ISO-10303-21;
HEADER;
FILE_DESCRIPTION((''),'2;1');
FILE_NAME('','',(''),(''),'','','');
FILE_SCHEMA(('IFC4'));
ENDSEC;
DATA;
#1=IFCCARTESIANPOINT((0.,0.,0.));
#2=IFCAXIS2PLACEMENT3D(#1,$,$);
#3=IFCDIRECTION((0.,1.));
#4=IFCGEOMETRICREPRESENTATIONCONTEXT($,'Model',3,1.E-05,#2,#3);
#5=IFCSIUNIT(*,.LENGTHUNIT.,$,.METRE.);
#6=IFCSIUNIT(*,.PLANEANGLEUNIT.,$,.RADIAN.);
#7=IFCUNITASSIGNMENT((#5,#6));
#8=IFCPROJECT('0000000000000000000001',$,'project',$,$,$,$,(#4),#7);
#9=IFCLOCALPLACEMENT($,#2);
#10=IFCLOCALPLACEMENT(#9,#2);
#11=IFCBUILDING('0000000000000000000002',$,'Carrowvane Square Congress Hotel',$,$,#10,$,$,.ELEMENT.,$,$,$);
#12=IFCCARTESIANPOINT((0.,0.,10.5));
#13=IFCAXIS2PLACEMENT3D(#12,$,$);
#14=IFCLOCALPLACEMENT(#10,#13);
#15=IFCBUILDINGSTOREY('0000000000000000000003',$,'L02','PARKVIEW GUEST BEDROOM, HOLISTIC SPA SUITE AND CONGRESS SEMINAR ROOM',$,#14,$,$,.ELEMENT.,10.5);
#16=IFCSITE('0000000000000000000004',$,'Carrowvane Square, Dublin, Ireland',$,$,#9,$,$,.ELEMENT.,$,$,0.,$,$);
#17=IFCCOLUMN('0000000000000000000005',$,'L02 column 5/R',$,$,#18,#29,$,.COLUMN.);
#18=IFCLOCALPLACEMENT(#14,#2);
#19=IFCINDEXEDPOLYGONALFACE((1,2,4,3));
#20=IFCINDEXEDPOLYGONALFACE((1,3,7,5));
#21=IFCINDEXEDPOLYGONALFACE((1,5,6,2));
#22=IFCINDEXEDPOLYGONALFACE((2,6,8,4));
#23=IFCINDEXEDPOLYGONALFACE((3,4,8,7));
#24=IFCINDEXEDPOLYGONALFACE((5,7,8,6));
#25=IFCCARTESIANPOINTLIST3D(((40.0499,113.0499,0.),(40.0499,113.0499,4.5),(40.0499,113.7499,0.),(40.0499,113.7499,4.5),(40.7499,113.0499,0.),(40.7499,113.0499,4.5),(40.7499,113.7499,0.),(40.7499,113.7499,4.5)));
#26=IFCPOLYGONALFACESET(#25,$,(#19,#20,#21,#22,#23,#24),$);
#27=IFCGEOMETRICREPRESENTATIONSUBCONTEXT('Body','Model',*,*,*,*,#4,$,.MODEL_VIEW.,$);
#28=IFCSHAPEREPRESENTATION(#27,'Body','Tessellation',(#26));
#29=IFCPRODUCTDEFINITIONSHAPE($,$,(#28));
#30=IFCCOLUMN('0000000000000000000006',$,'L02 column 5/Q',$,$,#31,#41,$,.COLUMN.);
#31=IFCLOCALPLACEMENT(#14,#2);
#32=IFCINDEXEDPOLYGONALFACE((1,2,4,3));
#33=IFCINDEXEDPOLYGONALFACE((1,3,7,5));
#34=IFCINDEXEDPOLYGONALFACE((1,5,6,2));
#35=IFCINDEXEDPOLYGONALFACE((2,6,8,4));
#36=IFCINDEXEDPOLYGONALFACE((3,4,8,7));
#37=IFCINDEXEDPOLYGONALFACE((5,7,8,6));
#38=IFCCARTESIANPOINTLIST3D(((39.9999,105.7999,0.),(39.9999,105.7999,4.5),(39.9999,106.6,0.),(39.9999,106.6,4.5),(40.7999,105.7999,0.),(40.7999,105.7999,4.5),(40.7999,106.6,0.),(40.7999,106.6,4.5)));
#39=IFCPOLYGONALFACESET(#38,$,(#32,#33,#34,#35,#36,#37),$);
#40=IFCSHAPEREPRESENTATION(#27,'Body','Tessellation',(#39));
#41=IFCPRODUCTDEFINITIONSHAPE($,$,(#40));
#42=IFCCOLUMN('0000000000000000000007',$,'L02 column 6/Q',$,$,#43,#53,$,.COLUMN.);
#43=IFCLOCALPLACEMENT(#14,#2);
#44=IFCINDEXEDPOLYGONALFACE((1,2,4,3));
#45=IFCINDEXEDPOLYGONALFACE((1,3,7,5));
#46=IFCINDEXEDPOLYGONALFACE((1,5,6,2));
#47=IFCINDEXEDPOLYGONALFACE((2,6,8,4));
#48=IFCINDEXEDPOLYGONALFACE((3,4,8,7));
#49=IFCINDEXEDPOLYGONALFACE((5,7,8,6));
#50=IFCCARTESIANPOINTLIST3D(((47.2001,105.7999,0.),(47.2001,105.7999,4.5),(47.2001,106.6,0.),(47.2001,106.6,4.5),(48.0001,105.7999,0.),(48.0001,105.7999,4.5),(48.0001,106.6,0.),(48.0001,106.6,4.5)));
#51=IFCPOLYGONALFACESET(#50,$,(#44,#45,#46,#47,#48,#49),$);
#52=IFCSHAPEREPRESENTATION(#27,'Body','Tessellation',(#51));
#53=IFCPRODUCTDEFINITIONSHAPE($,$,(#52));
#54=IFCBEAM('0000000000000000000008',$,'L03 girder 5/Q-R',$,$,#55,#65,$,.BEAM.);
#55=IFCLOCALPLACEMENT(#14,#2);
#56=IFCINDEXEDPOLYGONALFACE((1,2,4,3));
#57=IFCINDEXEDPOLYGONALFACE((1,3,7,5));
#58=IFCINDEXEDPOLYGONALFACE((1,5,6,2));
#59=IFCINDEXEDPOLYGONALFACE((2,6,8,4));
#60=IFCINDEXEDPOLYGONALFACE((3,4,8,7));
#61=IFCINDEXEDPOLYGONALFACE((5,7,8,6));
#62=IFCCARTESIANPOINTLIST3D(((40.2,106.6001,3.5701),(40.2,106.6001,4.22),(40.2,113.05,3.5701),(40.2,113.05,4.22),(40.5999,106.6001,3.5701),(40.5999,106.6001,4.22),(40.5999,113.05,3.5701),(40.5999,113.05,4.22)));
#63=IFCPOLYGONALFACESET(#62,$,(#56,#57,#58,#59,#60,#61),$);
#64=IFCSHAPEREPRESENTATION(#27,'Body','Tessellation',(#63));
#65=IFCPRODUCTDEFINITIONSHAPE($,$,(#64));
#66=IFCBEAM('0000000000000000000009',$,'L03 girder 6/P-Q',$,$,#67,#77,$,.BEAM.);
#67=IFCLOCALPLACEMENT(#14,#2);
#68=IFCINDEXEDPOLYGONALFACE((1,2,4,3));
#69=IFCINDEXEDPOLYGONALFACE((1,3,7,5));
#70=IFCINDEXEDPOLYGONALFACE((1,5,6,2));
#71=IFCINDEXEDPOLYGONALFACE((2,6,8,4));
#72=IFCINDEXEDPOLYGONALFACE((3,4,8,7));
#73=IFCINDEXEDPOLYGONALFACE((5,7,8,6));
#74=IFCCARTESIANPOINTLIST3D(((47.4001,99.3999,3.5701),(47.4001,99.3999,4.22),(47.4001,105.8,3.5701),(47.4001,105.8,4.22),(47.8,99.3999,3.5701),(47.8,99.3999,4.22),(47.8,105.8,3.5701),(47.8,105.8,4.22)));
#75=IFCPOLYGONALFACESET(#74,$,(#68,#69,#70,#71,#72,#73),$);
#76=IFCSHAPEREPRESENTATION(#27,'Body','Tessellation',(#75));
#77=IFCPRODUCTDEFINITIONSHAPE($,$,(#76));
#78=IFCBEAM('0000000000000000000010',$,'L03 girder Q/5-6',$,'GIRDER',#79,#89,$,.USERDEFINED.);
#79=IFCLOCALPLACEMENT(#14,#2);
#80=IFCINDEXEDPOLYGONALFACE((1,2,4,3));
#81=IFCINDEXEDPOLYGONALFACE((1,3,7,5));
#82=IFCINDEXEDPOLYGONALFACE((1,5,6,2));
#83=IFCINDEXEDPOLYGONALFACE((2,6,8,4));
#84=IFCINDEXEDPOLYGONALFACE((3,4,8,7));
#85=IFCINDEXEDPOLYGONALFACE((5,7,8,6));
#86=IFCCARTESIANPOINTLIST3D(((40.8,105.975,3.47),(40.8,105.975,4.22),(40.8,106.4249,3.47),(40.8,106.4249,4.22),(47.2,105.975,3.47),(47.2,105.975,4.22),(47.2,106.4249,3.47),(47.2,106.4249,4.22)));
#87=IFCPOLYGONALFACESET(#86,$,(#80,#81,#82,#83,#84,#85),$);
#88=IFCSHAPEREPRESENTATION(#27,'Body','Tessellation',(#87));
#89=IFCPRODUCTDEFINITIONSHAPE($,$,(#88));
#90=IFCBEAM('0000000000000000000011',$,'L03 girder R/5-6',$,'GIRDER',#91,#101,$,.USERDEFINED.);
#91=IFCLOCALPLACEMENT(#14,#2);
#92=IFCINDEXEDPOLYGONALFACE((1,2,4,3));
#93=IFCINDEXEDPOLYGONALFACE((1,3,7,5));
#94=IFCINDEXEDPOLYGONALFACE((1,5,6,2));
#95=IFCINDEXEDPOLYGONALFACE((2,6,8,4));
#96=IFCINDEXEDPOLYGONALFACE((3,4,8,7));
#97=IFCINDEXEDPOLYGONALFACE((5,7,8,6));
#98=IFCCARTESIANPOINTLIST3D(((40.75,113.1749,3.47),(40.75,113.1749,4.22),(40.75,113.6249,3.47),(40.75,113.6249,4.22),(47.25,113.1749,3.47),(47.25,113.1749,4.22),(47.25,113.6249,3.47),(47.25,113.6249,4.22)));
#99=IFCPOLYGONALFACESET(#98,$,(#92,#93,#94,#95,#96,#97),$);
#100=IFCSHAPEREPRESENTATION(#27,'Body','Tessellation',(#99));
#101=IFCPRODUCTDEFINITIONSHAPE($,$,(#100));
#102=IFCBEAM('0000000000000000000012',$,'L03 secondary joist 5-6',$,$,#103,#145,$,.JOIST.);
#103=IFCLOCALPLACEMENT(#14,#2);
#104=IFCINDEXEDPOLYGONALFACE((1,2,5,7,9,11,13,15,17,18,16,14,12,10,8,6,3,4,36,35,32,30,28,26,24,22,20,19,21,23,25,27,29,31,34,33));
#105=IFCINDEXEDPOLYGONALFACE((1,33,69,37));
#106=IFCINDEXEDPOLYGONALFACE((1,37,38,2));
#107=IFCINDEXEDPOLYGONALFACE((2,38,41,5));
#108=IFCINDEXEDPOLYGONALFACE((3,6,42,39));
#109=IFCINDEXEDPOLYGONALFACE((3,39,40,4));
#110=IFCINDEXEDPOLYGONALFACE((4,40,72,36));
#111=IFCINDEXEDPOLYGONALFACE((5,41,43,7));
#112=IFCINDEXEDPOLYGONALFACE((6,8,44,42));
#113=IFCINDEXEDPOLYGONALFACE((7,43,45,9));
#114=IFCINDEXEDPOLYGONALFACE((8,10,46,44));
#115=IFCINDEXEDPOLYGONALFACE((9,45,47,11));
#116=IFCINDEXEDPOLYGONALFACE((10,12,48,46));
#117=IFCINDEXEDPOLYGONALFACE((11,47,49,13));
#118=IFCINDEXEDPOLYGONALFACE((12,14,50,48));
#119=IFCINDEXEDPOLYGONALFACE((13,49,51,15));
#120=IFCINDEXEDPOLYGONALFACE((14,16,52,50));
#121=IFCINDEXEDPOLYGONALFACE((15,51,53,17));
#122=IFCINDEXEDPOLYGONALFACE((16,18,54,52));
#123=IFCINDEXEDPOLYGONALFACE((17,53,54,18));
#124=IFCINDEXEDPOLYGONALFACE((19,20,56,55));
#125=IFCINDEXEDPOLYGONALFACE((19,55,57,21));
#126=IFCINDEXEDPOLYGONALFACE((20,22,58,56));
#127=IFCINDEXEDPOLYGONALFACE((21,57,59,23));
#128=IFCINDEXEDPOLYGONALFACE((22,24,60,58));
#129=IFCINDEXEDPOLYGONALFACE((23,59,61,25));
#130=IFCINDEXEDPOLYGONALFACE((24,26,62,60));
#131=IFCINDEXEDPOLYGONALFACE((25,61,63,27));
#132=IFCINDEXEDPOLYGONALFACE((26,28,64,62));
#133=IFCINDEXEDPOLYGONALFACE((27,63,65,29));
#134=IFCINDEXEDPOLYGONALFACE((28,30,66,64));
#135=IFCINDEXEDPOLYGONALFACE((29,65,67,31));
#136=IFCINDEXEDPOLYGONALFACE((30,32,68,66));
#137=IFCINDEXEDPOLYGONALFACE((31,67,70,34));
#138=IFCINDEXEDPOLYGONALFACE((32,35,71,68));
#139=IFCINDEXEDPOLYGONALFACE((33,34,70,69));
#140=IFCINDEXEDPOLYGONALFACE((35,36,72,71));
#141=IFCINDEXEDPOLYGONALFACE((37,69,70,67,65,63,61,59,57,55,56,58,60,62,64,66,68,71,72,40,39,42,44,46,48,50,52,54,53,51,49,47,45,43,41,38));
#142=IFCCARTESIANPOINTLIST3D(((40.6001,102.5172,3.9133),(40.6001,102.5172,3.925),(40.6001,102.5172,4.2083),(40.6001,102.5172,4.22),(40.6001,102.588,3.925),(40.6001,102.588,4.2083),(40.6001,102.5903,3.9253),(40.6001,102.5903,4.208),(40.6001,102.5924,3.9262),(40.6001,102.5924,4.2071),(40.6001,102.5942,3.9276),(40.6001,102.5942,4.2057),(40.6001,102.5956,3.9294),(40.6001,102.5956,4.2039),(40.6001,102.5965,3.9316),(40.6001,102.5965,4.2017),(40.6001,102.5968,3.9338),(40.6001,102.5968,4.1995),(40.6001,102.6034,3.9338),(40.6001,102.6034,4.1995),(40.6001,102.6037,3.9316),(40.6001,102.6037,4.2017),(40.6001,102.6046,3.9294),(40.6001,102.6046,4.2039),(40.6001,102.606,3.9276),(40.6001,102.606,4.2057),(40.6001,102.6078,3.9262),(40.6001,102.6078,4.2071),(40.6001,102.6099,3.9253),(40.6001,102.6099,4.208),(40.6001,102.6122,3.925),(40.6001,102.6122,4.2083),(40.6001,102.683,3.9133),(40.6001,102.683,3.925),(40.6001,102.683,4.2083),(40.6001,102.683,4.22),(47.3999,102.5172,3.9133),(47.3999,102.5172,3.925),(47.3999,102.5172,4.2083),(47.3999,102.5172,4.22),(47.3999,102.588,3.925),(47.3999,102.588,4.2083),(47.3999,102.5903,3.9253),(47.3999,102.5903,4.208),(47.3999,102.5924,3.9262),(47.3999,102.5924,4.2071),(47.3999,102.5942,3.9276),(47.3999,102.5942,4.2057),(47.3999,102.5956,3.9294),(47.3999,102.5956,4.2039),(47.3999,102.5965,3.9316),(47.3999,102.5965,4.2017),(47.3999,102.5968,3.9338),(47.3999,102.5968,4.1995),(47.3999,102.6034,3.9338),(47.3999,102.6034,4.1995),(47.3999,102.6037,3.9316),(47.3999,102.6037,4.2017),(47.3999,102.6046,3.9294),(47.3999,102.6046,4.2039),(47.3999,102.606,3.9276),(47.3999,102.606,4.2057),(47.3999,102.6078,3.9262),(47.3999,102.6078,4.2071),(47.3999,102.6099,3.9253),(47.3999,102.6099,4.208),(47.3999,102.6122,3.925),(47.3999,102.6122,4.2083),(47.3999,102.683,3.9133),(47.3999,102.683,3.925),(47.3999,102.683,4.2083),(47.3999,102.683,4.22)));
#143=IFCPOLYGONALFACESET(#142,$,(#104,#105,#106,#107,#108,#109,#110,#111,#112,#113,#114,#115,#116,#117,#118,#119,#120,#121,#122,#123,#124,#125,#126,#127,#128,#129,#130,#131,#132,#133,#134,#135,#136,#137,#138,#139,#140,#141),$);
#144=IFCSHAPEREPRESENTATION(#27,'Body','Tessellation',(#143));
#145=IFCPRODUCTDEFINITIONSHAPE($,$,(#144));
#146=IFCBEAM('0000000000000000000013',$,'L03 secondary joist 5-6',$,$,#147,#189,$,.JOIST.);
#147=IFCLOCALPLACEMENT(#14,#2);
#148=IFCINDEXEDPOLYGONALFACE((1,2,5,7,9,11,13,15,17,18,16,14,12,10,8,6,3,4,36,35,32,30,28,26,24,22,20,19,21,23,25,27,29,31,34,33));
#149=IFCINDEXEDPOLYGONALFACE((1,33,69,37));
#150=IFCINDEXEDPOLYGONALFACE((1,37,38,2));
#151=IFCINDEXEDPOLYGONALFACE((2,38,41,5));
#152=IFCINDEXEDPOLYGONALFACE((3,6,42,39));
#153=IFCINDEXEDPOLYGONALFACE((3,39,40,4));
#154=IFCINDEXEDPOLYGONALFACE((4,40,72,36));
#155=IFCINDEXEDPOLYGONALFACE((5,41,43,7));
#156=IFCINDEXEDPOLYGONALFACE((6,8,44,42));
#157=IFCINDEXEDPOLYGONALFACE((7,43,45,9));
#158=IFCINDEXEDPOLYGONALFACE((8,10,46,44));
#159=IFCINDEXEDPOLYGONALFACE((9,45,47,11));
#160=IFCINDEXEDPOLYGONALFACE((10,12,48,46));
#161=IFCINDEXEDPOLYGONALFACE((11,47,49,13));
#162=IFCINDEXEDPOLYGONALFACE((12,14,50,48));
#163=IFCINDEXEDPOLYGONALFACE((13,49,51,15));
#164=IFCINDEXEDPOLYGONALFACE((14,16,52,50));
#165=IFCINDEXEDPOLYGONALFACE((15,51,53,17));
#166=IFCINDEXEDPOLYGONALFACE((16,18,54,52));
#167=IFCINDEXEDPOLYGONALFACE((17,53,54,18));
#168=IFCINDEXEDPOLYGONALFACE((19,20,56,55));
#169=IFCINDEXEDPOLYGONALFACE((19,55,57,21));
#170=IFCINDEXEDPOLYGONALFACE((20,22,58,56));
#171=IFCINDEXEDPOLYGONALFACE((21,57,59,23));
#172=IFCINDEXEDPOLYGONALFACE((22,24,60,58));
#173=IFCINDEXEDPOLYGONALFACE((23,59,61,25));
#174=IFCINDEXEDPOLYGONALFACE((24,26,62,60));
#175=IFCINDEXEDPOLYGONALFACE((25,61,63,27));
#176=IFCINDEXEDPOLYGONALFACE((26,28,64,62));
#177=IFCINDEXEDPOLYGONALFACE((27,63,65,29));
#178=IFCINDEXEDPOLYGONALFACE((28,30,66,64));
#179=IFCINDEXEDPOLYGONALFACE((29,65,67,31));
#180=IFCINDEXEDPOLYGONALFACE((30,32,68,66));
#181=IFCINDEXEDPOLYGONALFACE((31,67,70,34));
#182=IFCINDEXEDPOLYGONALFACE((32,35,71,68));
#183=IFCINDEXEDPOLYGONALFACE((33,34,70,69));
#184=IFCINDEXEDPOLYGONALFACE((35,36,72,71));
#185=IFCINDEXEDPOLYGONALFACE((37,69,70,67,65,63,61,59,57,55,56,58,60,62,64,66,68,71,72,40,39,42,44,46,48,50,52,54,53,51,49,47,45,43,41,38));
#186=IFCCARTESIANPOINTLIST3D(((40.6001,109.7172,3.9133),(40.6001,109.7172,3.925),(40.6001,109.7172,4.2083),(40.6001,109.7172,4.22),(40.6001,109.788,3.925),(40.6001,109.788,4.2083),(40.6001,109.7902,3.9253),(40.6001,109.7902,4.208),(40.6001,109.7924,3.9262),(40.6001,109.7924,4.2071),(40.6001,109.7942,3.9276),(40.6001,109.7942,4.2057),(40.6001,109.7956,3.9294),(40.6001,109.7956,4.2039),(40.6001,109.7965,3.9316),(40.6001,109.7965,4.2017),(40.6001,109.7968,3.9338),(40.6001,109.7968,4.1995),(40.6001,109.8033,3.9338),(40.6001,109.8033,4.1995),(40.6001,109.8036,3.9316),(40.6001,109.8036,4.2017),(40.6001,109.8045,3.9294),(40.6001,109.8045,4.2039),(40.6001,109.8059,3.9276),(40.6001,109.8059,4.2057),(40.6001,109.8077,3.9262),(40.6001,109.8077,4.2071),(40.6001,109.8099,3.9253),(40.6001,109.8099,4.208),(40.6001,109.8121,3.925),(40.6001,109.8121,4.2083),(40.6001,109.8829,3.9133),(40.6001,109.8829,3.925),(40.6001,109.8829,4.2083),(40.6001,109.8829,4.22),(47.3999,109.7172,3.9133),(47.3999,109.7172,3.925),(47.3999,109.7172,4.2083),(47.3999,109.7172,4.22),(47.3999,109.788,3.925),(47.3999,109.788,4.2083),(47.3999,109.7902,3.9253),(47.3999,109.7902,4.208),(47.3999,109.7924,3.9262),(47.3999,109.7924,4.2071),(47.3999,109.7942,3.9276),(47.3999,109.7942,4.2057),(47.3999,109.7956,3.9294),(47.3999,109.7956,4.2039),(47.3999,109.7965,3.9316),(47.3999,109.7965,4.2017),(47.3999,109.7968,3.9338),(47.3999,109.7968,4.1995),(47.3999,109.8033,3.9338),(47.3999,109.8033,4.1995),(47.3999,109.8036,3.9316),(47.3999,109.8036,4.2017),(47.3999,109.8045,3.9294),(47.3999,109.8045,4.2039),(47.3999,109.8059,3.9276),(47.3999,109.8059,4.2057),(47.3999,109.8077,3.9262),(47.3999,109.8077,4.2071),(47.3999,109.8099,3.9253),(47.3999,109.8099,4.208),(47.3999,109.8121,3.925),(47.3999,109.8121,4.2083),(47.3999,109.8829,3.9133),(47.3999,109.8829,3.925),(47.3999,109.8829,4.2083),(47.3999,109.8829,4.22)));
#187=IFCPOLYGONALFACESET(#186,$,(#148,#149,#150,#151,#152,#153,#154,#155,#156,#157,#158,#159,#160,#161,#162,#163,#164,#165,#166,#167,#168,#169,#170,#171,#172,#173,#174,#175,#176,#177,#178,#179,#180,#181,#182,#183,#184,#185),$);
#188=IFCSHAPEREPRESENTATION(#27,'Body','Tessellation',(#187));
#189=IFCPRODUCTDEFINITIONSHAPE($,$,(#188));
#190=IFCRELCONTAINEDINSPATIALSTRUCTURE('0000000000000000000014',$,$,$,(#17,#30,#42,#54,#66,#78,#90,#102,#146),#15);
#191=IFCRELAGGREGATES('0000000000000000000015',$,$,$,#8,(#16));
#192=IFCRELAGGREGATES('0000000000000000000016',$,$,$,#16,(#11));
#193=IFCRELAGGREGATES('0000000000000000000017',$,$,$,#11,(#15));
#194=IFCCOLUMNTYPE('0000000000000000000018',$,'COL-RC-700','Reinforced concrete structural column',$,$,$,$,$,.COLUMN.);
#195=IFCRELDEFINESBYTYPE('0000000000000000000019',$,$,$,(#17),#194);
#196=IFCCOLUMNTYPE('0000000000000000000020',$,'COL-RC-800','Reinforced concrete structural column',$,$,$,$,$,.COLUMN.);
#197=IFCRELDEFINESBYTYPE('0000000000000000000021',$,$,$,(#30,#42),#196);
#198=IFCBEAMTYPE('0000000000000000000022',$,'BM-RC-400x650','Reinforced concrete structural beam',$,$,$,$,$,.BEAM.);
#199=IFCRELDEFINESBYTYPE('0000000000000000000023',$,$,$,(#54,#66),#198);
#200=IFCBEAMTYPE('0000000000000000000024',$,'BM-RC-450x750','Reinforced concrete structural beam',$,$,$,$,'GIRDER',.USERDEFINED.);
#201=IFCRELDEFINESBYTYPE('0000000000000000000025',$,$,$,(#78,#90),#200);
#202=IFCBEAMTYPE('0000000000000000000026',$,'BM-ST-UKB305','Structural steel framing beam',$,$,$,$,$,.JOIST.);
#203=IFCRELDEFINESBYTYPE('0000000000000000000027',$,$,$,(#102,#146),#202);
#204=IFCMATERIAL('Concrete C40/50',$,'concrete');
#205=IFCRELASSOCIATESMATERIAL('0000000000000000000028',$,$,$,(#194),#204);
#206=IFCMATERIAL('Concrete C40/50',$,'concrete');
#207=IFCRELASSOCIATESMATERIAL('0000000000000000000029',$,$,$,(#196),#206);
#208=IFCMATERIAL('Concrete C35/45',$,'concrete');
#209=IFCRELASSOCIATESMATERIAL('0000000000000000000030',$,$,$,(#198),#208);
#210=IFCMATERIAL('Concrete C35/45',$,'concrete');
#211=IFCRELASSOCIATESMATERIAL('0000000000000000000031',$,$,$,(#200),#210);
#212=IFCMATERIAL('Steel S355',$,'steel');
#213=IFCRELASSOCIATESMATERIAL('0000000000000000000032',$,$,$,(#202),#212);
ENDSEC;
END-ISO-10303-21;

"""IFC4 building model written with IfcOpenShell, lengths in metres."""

from ifc_helpers import new_model, si_unit, direction, frame, origin, origin_2d, place, context, subcontext, project, spatial, rectangle, i_section, extrude, material, material_profile, profile_set, type_object, element, save


model = new_model("IFC4")

# Units and contexts
model_context = context("Model", 3, precision=1e-05, world=origin(), true_north=direction((0.0, 1.0)))
body_context = subcontext(model_context, "Body", "Model", "MODEL_VIEW")
ifc_project = project(units=[si_unit("LENGTHUNIT", "METRE"), si_unit("PLANEANGLEUNIT", "RADIAN")], contexts=[model_context])

# Site, building, storey
site_placement = place(None, origin())
site = spatial("IfcSite", under=ifc_project, at=site_placement, Name="Carrowvane Square, Dublin, Ireland", CompositionType="ELEMENT", RefElevation=0.0)
building_placement = place(site_placement, origin())
building = spatial("IfcBuilding", under=site, at=building_placement, Name="Carrowvane Square Congress Hotel", CompositionType="ELEMENT")
storey_placement = place(building_placement, frame((0.0, 0.0, 10.5)))
storey = spatial("IfcBuildingStorey", under=building, at=storey_placement, Name="L02", Description="PARKVIEW GUEST BEDROOM, HOLISTIC SPA SUITE AND CONGRESS SEMINAR ROOM", CompositionType="ELEMENT", Elevation=10.5)

# Columns
ifc_material_1 = material(Name="Concrete C40/50", Category="concrete")
ifc_material_profile_1 = material_profile(ifc_material_1, rectangle(XDim=0.7, YDim=0.7, at=origin_2d()), Name="RC 700x700")
ifc_profile_set_1 = profile_set([ifc_material_profile_1], Name="Concrete C40/50")
column_type_1 = type_object("IfcColumnType", Name="COL-RC-700", Description="Reinforced concrete structural column", PredefinedType="COLUMN", material=ifc_profile_set_1)
column_placement = place(storey_placement, frame((40.3999, 113.3999, 0.0), z_axis=(0.0, 0.0, 1.0), x_axis=(1.0, 0.0, 0.0)))
element("IfcColumn", 1, at=column_placement, inside=storey, type_object=column_type_1, Name="L02 column 5/R", PredefinedType="COLUMN", context=body_context, shape_type="SweptSolid", body=[
    extrude(rectangle(XDim=0.7, YDim=0.7, at=origin_2d()), origin(), (0.0, 0.0, 1.0), 4.5),
])
ifc_material_2 = material(Name="Concrete C40/50", Category="concrete")
ifc_material_profile_2 = material_profile(ifc_material_2, rectangle(XDim=0.8, YDim=0.8, at=origin_2d()), Name="RC 800x800")
ifc_profile_set_2 = profile_set([ifc_material_profile_2], Name="Concrete C40/50")
column_type_2 = type_object("IfcColumnType", Name="COL-RC-800", Description="Reinforced concrete structural column", PredefinedType="COLUMN", material=ifc_profile_set_2)
for number, where, z_axis, x_axis, name in (
    (2, (40.3999, 106.2, 0.0), (0.0, 0.0, 1.0), (1.0, 0.0, 0.0), "L02 column 5/Q"),
    (3, (47.6001, 106.2, 0.0), (0.0, 0.0, 1.0), (1.0, 0.0, 0.0), "L02 column 6/Q"),
):
    element("IfcColumn", number, at=place(storey_placement, frame(where, z_axis=z_axis, x_axis=x_axis)), inside=storey, type_object=column_type_2, Name=name, PredefinedType="COLUMN", context=body_context, shape_type="SweptSolid", body=[
        extrude(rectangle(XDim=0.8, YDim=0.8, at=origin_2d()), origin(), (0.0, 0.0, 1.0), 4.5),
    ])

# Beams
ifc_material_3 = material(Name="Concrete C35/45", Category="concrete")
ifc_material_profile_3 = material_profile(ifc_material_3, rectangle(XDim=0.3999, YDim=0.6499, at=origin_2d()), Name="RC 400x650")
ifc_profile_set_3 = profile_set([ifc_material_profile_3], Name="Concrete C35/45")
beam_type_1 = type_object("IfcBeamType", Name="BM-RC-400x650", Description="Reinforced concrete structural beam", PredefinedType="BEAM", material=ifc_profile_set_3)
beam_1_placement = place(storey_placement, frame((40.3999, 106.6001, 3.895), z_axis=(0.0, 1.0, 0.0), x_axis=(-1.0, 0.0, 0.0)))
element("IfcBeam", 4, at=beam_1_placement, inside=storey, type_object=beam_type_1, Name="L03 girder 5/Q-R", PredefinedType="BEAM", context=body_context, shape_type="SweptSolid", body=[
    extrude(rectangle(XDim=0.3999, YDim=0.6499, at=origin_2d()), origin(), (0.0, 0.0, 1.0), 6.45),
])
beam_2_placement = place(storey_placement, frame((47.6001, 99.3999, 3.895), z_axis=(0.0, 1.0, 0.0), x_axis=(-1.0, 0.0, 0.0)))
element("IfcBeam", 5, at=beam_2_placement, inside=storey, type_object=beam_type_1, Name="L03 girder 6/P-Q", PredefinedType="BEAM", context=body_context, shape_type="SweptSolid", body=[
    extrude(rectangle(XDim=0.3999, YDim=0.6499, at=origin_2d()), origin(), (0.0, 0.0, 1.0), 6.4001),
])
ifc_material_4 = material(Name="Concrete C35/45", Category="concrete")
ifc_material_profile_4 = material_profile(ifc_material_4, rectangle(XDim=0.45, YDim=0.75, at=origin_2d()), Name="RC 450x750")
ifc_profile_set_4 = profile_set([ifc_material_profile_4], Name="Concrete C35/45")
beam_type_2 = type_object("IfcBeamType", Name="BM-RC-450x750", Description="Reinforced concrete structural beam", ElementType="GIRDER", PredefinedType="USERDEFINED", material=ifc_profile_set_4)
beam_3_placement = place(storey_placement, frame((40.8, 106.2, 3.845), z_axis=(1.0, 0.0, 0.0), x_axis=(0.0, 1.0, 0.0)))
element("IfcBeam", 6, at=beam_3_placement, inside=storey, type_object=beam_type_2, Name="L03 girder Q/5-6", ObjectType="GIRDER", PredefinedType="USERDEFINED", context=body_context, shape_type="SweptSolid", body=[
    extrude(rectangle(XDim=0.45, YDim=0.75, at=origin_2d()), origin(), (0.0, 0.0, 1.0), 6.3999),
])
beam_4_placement = place(storey_placement, frame((40.75, 113.3999, 3.845), z_axis=(1.0, 0.0, 0.0), x_axis=(0.0, 1.0, 0.0)))
element("IfcBeam", 7, at=beam_4_placement, inside=storey, type_object=beam_type_2, Name="L03 girder R/5-6", ObjectType="GIRDER", PredefinedType="USERDEFINED", context=body_context, shape_type="SweptSolid", body=[
    extrude(rectangle(XDim=0.45, YDim=0.75, at=origin_2d()), origin(), (0.0, 0.0, 1.0), 6.5),
])
ifc_material_5 = material(Name="Steel S355", Category="steel")
ifc_material_profile_5 = material_profile(ifc_material_5, i_section(OverallWidth=0.1658, OverallDepth=0.3066, WebThickness=0.0066, FlangeThickness=0.0117, FilletRadius=0.0088, at=origin_2d()), Name="UKB 305x165x46")
ifc_profile_set_5 = profile_set([ifc_material_profile_5], Name="Steel S355")
beam_type_3 = type_object("IfcBeamType", Name="BM-ST-UKB305", Description="Structural steel framing beam", PredefinedType="JOIST", material=ifc_profile_set_5)
for number, where, z_axis, x_axis, name in (
    (8, (40.6001, 102.6001, 4.0667), (1.0, 0.0, 0.0), (0.0, 1.0, 0.0), "L03 secondary joist 5-6"),
    (9, (40.6001, 109.8, 4.0667), (1.0, 0.0, 0.0), (0.0, 1.0, 0.0), "L03 secondary joist 5-6"),
):
    element("IfcBeam", number, at=place(storey_placement, frame(where, z_axis=z_axis, x_axis=x_axis)), inside=storey, type_object=beam_type_3, Name=name, PredefinedType="JOIST", context=body_context, shape_type="SweptSolid", body=[
        extrude(i_section(OverallWidth=0.1658, OverallDepth=0.3066, WebThickness=0.0066, FlangeThickness=0.0117, FilletRadius=0.0088, at=origin_2d()), origin(), (0.0, 0.0, 1.0), 6.7998),
    ])

save(model, "model.ifc")
